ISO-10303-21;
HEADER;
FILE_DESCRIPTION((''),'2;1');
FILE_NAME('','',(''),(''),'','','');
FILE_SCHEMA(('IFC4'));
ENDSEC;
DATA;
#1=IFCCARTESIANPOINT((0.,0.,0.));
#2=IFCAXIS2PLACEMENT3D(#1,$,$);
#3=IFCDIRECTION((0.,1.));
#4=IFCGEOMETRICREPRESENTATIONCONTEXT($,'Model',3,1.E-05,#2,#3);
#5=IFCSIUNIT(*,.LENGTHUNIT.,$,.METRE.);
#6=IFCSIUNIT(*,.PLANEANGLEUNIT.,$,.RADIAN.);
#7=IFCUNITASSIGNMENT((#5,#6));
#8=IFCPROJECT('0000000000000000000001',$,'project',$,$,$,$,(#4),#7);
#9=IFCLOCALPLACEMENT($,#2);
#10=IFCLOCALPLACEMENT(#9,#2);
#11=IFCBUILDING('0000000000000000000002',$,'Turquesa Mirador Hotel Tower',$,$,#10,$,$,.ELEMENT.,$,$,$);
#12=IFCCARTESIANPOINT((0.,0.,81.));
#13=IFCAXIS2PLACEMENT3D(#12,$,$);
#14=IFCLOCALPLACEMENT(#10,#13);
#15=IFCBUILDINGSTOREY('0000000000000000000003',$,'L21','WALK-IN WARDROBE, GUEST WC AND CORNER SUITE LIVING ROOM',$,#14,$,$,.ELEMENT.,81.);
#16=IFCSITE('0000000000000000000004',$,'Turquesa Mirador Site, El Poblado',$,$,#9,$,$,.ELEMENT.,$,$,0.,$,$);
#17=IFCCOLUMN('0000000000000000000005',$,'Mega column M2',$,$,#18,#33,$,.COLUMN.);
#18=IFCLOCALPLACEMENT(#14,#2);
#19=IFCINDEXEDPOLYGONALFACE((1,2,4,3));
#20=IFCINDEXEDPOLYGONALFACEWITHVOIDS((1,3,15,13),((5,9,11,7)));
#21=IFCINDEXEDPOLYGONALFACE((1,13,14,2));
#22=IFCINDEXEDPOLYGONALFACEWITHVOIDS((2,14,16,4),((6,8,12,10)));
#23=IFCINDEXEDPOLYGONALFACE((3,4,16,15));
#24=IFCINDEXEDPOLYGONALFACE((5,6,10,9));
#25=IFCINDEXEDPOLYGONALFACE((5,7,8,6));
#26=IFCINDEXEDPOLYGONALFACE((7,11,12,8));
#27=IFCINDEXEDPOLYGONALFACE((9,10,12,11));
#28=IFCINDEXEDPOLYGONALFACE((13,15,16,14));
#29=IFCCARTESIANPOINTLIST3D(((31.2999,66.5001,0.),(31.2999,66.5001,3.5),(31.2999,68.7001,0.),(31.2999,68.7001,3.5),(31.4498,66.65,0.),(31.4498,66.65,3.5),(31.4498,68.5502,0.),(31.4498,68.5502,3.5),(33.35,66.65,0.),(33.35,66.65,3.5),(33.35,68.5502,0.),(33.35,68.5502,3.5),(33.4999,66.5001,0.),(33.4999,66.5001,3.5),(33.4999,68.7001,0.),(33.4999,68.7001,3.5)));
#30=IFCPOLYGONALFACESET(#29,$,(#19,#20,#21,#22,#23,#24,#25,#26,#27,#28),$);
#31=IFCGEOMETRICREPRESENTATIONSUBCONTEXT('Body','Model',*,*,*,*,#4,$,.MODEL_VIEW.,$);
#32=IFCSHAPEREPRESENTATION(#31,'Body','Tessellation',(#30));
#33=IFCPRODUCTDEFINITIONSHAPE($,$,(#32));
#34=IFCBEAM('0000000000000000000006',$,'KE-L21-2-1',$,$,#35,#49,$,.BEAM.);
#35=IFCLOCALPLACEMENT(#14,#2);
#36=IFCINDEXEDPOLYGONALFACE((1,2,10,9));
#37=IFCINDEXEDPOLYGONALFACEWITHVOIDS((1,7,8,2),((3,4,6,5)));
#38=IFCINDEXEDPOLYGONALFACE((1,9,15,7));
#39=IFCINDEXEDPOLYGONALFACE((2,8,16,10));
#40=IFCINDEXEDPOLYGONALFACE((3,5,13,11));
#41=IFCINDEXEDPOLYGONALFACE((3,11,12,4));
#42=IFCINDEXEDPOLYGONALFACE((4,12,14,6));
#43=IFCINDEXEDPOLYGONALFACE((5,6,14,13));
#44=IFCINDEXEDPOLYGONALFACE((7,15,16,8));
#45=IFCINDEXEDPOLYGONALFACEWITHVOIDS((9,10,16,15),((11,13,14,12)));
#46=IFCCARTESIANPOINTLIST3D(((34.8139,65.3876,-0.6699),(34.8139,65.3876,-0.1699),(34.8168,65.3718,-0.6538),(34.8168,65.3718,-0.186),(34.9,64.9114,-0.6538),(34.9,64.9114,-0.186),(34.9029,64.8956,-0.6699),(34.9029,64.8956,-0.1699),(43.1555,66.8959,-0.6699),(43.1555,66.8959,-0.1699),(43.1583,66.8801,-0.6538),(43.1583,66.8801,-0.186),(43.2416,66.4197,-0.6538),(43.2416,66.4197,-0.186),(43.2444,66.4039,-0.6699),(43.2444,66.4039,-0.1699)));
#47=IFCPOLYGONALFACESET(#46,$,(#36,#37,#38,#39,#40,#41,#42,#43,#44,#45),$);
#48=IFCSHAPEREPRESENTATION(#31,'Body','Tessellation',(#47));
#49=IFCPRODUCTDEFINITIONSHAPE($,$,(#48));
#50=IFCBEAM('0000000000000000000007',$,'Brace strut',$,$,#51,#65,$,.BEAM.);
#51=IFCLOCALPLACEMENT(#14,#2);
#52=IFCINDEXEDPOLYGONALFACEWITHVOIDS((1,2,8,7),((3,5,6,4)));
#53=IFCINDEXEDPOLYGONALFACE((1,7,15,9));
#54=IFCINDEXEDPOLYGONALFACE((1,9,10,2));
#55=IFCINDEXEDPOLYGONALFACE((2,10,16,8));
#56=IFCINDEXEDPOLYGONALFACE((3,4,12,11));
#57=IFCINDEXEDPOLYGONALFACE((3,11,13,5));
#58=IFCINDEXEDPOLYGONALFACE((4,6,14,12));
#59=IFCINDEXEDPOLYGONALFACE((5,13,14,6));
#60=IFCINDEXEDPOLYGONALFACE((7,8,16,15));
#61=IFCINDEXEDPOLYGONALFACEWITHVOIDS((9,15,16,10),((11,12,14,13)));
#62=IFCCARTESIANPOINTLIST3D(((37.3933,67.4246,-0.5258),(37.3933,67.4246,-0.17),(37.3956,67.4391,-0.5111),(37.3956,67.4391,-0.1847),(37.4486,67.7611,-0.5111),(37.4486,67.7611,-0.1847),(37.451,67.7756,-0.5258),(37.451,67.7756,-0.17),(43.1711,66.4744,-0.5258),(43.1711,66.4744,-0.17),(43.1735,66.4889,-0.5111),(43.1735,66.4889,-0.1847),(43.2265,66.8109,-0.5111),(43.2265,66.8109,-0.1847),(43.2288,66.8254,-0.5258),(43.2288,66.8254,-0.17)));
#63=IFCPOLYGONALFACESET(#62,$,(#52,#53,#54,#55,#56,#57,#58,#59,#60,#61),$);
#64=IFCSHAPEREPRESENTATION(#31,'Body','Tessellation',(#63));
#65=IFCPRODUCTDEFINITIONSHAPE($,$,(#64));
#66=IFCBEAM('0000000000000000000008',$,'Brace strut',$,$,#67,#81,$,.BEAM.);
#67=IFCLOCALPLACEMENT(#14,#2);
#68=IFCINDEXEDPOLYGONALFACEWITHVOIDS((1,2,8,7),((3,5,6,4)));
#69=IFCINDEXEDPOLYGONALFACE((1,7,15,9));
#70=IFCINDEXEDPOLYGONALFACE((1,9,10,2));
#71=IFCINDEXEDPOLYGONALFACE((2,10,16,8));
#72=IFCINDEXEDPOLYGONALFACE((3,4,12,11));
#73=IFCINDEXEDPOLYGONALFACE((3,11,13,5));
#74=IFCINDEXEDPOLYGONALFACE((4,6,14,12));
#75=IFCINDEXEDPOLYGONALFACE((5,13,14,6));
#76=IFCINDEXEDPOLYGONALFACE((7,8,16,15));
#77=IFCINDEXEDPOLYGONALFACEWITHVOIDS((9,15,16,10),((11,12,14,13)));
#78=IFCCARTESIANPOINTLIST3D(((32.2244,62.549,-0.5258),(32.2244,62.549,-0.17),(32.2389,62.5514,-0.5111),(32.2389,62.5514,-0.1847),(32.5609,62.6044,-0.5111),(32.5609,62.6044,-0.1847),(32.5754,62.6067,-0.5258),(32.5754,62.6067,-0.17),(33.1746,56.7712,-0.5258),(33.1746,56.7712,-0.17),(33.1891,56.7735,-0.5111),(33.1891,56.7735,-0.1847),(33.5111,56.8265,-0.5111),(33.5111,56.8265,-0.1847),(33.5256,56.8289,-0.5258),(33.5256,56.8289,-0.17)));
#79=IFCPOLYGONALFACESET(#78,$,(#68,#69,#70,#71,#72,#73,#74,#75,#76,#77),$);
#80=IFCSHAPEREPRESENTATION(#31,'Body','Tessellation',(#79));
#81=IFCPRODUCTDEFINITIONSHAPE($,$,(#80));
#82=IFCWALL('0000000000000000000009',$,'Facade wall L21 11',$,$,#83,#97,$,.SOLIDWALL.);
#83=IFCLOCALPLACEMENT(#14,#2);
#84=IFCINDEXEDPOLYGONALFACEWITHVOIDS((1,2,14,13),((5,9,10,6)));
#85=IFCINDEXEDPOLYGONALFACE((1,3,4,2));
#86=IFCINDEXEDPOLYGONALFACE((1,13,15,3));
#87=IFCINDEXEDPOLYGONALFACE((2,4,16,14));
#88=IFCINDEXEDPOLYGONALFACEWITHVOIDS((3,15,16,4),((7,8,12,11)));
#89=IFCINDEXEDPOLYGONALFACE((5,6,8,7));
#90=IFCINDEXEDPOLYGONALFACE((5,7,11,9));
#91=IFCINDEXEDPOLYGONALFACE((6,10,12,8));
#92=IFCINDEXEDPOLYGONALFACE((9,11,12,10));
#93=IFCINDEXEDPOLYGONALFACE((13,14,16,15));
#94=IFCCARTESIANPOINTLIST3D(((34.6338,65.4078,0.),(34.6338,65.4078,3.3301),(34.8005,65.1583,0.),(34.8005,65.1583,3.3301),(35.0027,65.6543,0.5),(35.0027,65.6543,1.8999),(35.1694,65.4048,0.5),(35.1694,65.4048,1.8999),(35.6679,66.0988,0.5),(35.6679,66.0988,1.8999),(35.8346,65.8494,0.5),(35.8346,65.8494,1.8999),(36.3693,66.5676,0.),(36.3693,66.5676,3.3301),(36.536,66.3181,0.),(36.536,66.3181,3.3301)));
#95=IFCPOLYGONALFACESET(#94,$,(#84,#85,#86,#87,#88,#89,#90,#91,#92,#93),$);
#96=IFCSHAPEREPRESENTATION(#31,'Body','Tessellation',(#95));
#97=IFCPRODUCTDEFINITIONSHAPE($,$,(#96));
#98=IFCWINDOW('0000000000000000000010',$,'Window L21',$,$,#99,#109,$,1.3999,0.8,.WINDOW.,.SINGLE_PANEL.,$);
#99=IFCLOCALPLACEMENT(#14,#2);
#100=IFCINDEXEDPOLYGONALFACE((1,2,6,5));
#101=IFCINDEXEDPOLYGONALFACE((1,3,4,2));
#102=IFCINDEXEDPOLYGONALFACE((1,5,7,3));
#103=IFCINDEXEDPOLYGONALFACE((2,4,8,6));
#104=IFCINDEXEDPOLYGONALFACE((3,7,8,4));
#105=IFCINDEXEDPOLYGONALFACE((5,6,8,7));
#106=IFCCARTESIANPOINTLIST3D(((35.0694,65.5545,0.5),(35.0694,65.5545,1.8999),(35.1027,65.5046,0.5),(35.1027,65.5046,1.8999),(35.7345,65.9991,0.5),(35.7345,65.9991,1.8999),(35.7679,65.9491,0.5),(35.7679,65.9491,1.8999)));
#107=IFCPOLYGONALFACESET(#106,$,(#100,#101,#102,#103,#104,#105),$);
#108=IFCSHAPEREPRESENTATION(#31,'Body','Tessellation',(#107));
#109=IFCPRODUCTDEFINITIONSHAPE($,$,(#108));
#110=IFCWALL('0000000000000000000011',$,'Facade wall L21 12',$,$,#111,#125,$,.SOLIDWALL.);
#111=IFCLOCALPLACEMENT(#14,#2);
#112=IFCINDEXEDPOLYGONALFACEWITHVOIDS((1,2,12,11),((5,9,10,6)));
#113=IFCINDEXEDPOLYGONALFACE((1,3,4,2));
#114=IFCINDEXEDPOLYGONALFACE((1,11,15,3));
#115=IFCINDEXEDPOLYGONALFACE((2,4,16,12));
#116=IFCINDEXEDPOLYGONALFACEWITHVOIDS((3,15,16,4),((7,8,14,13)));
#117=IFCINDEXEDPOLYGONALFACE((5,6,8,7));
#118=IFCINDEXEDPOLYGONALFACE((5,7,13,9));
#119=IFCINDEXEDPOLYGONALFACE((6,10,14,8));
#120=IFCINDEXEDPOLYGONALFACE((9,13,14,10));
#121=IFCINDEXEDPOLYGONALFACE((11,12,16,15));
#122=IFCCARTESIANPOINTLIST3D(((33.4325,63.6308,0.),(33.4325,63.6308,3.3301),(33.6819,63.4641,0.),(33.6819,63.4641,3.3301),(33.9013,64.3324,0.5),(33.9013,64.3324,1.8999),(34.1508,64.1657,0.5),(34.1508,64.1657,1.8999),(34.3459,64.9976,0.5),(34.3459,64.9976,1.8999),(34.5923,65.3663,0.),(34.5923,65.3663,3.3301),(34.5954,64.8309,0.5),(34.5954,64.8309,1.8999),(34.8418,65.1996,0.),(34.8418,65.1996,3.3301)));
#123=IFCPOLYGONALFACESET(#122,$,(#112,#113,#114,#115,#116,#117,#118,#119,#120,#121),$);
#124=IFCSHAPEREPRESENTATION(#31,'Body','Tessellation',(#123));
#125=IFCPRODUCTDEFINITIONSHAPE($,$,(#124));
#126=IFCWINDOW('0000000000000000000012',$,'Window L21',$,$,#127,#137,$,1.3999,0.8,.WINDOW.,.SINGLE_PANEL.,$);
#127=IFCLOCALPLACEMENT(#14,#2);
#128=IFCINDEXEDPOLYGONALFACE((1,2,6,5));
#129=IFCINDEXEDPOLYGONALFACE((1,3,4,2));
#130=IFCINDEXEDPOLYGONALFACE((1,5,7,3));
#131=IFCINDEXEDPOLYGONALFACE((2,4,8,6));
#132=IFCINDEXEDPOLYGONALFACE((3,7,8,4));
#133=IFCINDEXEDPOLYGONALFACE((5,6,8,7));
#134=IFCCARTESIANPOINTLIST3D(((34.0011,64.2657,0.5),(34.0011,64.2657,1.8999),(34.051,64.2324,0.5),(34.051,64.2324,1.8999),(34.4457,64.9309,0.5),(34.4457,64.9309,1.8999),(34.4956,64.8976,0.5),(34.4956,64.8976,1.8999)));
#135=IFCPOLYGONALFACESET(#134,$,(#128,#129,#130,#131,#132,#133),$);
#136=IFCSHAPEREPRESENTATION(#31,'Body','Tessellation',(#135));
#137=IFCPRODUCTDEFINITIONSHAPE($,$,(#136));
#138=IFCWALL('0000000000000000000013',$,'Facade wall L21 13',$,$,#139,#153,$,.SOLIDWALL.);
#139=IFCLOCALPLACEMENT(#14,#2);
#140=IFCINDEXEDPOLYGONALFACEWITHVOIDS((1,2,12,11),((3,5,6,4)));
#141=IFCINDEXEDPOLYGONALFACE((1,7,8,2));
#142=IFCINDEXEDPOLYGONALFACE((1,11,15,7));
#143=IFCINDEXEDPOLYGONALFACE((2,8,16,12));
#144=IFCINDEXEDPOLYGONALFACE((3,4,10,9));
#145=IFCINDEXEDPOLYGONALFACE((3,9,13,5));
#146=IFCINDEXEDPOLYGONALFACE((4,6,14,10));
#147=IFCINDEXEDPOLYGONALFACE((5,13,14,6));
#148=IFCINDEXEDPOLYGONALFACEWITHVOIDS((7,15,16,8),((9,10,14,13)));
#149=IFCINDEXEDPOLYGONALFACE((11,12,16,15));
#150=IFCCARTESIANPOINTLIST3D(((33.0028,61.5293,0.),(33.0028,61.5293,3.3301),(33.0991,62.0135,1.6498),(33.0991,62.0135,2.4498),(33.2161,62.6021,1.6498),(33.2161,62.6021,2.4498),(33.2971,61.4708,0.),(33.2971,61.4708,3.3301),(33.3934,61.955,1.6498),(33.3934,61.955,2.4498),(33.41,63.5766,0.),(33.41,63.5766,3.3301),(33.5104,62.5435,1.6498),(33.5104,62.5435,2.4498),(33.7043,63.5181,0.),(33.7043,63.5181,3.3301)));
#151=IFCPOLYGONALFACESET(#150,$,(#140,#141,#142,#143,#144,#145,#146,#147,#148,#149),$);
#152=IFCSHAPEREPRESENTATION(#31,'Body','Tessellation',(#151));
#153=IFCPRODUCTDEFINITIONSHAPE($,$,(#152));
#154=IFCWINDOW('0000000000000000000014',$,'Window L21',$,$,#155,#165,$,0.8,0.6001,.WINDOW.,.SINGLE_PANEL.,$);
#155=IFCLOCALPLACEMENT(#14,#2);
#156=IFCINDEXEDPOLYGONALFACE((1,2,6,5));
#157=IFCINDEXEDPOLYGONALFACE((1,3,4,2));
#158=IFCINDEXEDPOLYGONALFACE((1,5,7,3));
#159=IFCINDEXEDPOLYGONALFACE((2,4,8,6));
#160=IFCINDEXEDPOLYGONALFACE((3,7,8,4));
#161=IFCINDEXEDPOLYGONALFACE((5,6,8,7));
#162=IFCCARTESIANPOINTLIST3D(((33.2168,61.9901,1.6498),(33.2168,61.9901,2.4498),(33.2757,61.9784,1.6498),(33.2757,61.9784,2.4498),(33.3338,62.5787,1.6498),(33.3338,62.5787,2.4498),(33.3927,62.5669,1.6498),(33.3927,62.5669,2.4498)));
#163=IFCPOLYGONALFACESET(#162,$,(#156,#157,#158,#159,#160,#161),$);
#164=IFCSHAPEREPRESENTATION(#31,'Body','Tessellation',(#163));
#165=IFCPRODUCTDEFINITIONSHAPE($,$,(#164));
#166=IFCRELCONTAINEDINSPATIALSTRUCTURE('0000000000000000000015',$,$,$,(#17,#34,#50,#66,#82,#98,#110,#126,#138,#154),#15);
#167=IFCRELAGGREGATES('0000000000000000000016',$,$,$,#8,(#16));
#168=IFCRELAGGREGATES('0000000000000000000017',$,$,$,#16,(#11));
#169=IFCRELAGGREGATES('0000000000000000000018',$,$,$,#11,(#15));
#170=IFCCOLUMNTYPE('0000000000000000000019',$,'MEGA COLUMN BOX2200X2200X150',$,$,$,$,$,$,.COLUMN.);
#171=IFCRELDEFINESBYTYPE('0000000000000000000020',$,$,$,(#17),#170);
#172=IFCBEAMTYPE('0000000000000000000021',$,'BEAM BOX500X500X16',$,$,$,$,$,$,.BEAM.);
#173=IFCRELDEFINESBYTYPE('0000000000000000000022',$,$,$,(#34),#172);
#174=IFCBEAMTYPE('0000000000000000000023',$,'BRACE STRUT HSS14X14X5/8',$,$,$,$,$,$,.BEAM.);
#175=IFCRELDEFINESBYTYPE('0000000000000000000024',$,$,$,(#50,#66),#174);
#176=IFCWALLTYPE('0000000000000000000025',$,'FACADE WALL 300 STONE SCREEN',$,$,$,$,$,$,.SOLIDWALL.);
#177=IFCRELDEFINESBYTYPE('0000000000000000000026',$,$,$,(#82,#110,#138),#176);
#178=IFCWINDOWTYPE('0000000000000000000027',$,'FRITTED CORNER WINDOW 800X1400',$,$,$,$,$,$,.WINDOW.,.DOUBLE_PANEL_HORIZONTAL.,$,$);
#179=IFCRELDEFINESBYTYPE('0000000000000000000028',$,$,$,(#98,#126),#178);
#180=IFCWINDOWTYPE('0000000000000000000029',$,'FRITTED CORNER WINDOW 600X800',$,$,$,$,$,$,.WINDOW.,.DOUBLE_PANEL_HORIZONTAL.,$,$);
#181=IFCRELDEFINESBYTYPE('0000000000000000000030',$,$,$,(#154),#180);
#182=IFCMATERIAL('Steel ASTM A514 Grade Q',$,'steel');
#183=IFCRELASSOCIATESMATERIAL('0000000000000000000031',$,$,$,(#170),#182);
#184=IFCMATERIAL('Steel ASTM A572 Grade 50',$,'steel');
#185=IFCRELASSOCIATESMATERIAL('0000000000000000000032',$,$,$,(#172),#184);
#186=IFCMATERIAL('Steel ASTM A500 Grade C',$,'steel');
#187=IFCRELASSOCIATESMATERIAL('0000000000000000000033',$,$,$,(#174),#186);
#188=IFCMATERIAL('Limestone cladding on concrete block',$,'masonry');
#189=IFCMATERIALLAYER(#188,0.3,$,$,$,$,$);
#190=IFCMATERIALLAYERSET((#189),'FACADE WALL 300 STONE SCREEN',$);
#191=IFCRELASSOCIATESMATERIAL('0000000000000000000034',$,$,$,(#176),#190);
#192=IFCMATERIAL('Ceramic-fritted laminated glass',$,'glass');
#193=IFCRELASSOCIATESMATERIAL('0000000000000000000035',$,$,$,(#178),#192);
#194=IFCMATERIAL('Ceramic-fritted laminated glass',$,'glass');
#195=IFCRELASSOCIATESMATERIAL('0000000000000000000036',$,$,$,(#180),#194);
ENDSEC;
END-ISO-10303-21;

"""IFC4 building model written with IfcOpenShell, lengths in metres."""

from ifc_helpers import new_model, si_unit, direction, frame, frame_2d, origin, origin_2d, place, context, subcontext, project, spatial, rectangle, hollow_rectangle, extrude, material, layer, layer_set, material_profile, profile_set, type_object, element, fill, save


model = new_model("IFC4")

# Units and contexts
model_context = context("Model", 3, precision=1e-05, world=origin(), true_north=direction((0.0, 1.0)))
body_context = subcontext(model_context, "Body", "Model", "MODEL_VIEW")
ifc_project = project(units=[si_unit("LENGTHUNIT", "METRE"), si_unit("PLANEANGLEUNIT", "RADIAN")], contexts=[model_context])

# Site, building, storey
site_placement = place(None, origin())
site = spatial("IfcSite", under=ifc_project, at=site_placement, Name="Turquesa Mirador Site, El Poblado", CompositionType="ELEMENT", RefElevation=0.0)
building_placement = place(site_placement, origin())
building = spatial("IfcBuilding", under=site, at=building_placement, Name="Turquesa Mirador Hotel Tower", CompositionType="ELEMENT")
storey_placement = place(building_placement, frame((0.0, 0.0, 81.0)))
storey = spatial("IfcBuildingStorey", under=building, at=storey_placement, Name="L21", Description="WALK-IN WARDROBE, GUEST WC AND CORNER SUITE LIVING ROOM", CompositionType="ELEMENT", Elevation=81.0)

# Column
ifc_material_1 = material(Name="Steel ASTM A514 Grade Q", Category="steel")
ifc_material_profile_1 = material_profile(ifc_material_1, hollow_rectangle(XDim=2.2, YDim=2.2, WallThickness=0.1499, at=origin_2d()), Name="BOX2200X2200X150")
ifc_profile_set_1 = profile_set([ifc_material_profile_1], Name="Steel ASTM A514 Grade Q")
column_type = type_object("IfcColumnType", Name="MEGA COLUMN BOX2200X2200X150", PredefinedType="COLUMN", material=ifc_profile_set_1)
column_placement = place(storey_placement, frame((32.3999, 67.6001, 0.0), z_axis=(0.0, 0.0, 1.0), x_axis=(1.0, 0.0, 0.0)))
element("IfcColumn", 1, at=column_placement, inside=storey, type_object=column_type, Name="Mega column M2", PredefinedType="COLUMN", context=body_context, shape_type="SweptSolid", body=[
    extrude(hollow_rectangle(XDim=2.2, YDim=2.2, WallThickness=0.1499, at=origin_2d()), origin(), (0.0, 0.0, 1.0), 3.5),
])

# Beams
ifc_material_2 = material(Name="Steel ASTM A572 Grade 50", Category="steel")
ifc_material_profile_2 = material_profile(ifc_material_2, hollow_rectangle(XDim=0.5, YDim=0.5, WallThickness=0.0161, at=origin_2d()), Name="BOX500X500X16")
ifc_profile_set_2 = profile_set([ifc_material_profile_2], Name="Steel ASTM A572 Grade 50")
beam_type_1 = type_object("IfcBeamType", Name="BEAM BOX500X500X16", PredefinedType="BEAM", material=ifc_profile_set_2)
beam_placement = place(storey_placement, frame((34.8584, 65.1416, -0.4199), z_axis=(0.984043, 0.177932, 0.0), x_axis=(-0.177932, 0.984043, 0.0)))
element("IfcBeam", 2, at=beam_placement, inside=storey, type_object=beam_type_1, Name="KE-L21-2-1", PredefinedType="BEAM", context=body_context, shape_type="SweptSolid", body=[
    extrude(hollow_rectangle(XDim=0.5, YDim=0.5, WallThickness=0.0161, at=origin_2d()), origin(), (0.0, 0.0, 1.0), 8.4768),
])
ifc_material_3 = material(Name="Steel ASTM A500 Grade C", Category="steel")
ifc_material_profile_3 = material_profile(ifc_material_3, hollow_rectangle(XDim=0.3557, YDim=0.3557, WallThickness=0.0146, at=origin_2d()), Name="HSS14X14X5/8")
ifc_profile_set_3 = profile_set([ifc_material_profile_3], Name="Steel ASTM A500 Grade C")
beam_type_2 = type_object("IfcBeamType", Name="BRACE STRUT HSS14X14X5/8", PredefinedType="BEAM", material=ifc_profile_set_3)
for number, where, z_axis, x_axis, name in (
    (3, (37.4221, 67.6001, -0.3479), (0.986745, -0.162276, 0.0), (0.162276, 0.986745, 0.0), "Brace strut"),
    (4, (32.3999, 62.5779, -0.3479), (0.162276, -0.986745, 0.0), (0.986745, 0.162276, 0.0), "Brace strut"),
):
    element("IfcBeam", number, at=place(storey_placement, frame(where, z_axis=z_axis, x_axis=x_axis)), inside=storey, type_object=beam_type_2, Name=name, PredefinedType="BEAM", context=body_context, shape_type="SweptSolid", body=[
        extrude(hollow_rectangle(XDim=0.3557, YDim=0.3557, WallThickness=0.0146, at=origin_2d()), origin(), (0.0, 0.0, 1.0), 5.8555),
    ])

# Walls, openings, windows
ifc_material_4 = material(Name="Limestone cladding on concrete block", Category="masonry")
ifc_layer = layer(ifc_material_4, 0.3)
ifc_layer_set = layer_set([ifc_layer], Name="FACADE WALL 300 STONE SCREEN")
wall_type = type_object("IfcWallType", Name="FACADE WALL 300 STONE SCREEN", PredefinedType="SOLIDWALL", material=ifc_layer_set)
wall_1_placement = place(storey_placement, frame((36.4526, 66.4429, 0.0), z_axis=(0.0, 0.0, 1.0), x_axis=(-0.83142, -0.555644, 0.0)))
wall_1 = element("IfcWall", 5, at=wall_1_placement, inside=storey, type_object=wall_type, Name="Facade wall L21 11", PredefinedType="SOLIDWALL", context=body_context, shape_type="SweptSolid", body=[
    extrude(rectangle(XDim=2.0874, YDim=0.3, at=frame_2d((1.0437, 0.0))), origin(), (0.0, 0.0, 1.0), 3.3301),
])
opening_1_placement = place(wall_1_placement, frame((0.8438, 0.0, 0.5)))
opening_1 = element("IfcOpeningElement", 6, at=opening_1_placement, cuts=wall_1, PredefinedType="OPENING", context=body_context, shape_type="SweptSolid", body=[
    extrude(rectangle(XDim=0.8, YDim=1.3999, at=frame_2d((0.3999, 0.7))), frame((0.0, 0.1599, 0.0), z_axis=(0.0, -1.0, 0.0), x_axis=(1.0, 0.0, 0.0)), (0.0, 0.0, 1.0), 0.3201),
])
ifc_material_5 = material(Name="Ceramic-fritted laminated glass", Category="glass")
window_type_1 = type_object("IfcWindowType", Name="FRITTED CORNER WINDOW 800X1400", PartitioningType="DOUBLE_PANEL_HORIZONTAL", PredefinedType="WINDOW", material=ifc_material_5)
window_1_placement = place(opening_1_placement, origin())
window_1 = element("IfcWindow", 7, at=window_1_placement, inside=storey, type_object=window_type_1, Name="Window L21", OverallHeight=1.3999, OverallWidth=0.8, PartitioningType="SINGLE_PANEL", PredefinedType="WINDOW", context=body_context, shape_type="SweptSolid", body=[
    extrude(rectangle(XDim=0.8, YDim=1.3999, at=frame_2d((0.3999, 0.7))), frame((0.0, 0.03, 0.0), z_axis=(0.0, -1.0, 0.0), x_axis=(1.0, 0.0, 0.0)), (0.0, 0.0, 1.0), 0.0601),
])
fill(opening_1, window_1)
wall_2_placement = place(storey_placement, frame((34.717, 65.283, 0.0), z_axis=(0.0, 0.0, 1.0), x_axis=(-0.555644, -0.83142, 0.0)))
wall_2 = element("IfcWall", 8, at=wall_2_placement, inside=storey, type_object=wall_type, Name="Facade wall L21 12", PredefinedType="SOLIDWALL", context=body_context, shape_type="SweptSolid", body=[
    extrude(rectangle(XDim=2.0874, YDim=0.3, at=frame_2d((1.0437, 0.0))), origin(), (0.0, 0.0, 1.0), 3.3301),
])
opening_2_placement = place(wall_2_placement, frame((0.4436, 0.0, 0.5)))
opening_2 = element("IfcOpeningElement", 9, at=opening_2_placement, cuts=wall_2, PredefinedType="OPENING", context=body_context, shape_type="SweptSolid", body=[
    extrude(rectangle(XDim=0.8, YDim=1.3999, at=frame_2d((0.3999, 0.7))), frame((0.0, 0.1599, 0.0), z_axis=(0.0, -1.0, 0.0), x_axis=(1.0, 0.0, 0.0)), (0.0, 0.0, 1.0), 0.3201),
])
window_2_placement = place(opening_2_placement, origin())
window_2 = element("IfcWindow", 10, at=window_2_placement, inside=storey, type_object=window_type_1, Name="Window L21", OverallHeight=1.3999, OverallWidth=0.8, PartitioningType="SINGLE_PANEL", PredefinedType="WINDOW", context=body_context, shape_type="SweptSolid", body=[
    extrude(rectangle(XDim=0.8, YDim=1.3999, at=frame_2d((0.3999, 0.7))), frame((0.0, 0.03, 0.0), z_axis=(0.0, -1.0, 0.0), x_axis=(1.0, 0.0, 0.0)), (0.0, 0.0, 1.0), 0.0601),
])
fill(opening_2, window_2)
wall_3_placement = place(storey_placement, frame((33.5571, 63.5474, 0.0), z_axis=(0.0, 0.0, 1.0), x_axis=(-0.195081, -0.980787, 0.0)))
wall_3 = element("IfcWall", 11, at=wall_3_placement, inside=storey, type_object=wall_type, Name="Facade wall L21 13", PredefinedType="SOLIDWALL", context=body_context, shape_type="SweptSolid", body=[
    extrude(rectangle(XDim=2.0874, YDim=0.3, at=frame_2d((1.0437, 0.0))), origin(), (0.0, 0.0, 1.0), 3.3301),
])
opening_3_placement = place(wall_3_placement, frame((0.9937, 0.0, 1.6499)))
opening_3 = element("IfcOpeningElement", 12, at=opening_3_placement, cuts=wall_3, PredefinedType="OPENING", context=body_context, shape_type="SweptSolid", body=[
    extrude(rectangle(XDim=0.6001, YDim=0.8, at=frame_2d((0.3, 0.3999))), frame((0.0, 0.1599, 0.0), z_axis=(0.0, -1.0, 0.0), x_axis=(1.0, 0.0, 0.0)), (0.0, 0.0, 1.0), 0.3201),
])
ifc_material_6 = material(Name="Ceramic-fritted laminated glass", Category="glass")
window_type_2 = type_object("IfcWindowType", Name="FRITTED CORNER WINDOW 600X800", PartitioningType="DOUBLE_PANEL_HORIZONTAL", PredefinedType="WINDOW", material=ifc_material_6)
window_3_placement = place(opening_3_placement, origin())
window_3 = element("IfcWindow", 13, at=window_3_placement, inside=storey, type_object=window_type_2, Name="Window L21", OverallHeight=0.8, OverallWidth=0.6001, PartitioningType="SINGLE_PANEL", PredefinedType="WINDOW", context=body_context, shape_type="SweptSolid", body=[
    extrude(rectangle(XDim=0.6001, YDim=0.8, at=frame_2d((0.3, 0.3999))), frame((0.0, 0.03, 0.0), z_axis=(0.0, -1.0, 0.0), x_axis=(1.0, 0.0, 0.0)), (0.0, 0.0, 1.0), 0.0601),
])
fill(opening_3, window_3)

save(model, "model.ifc")
